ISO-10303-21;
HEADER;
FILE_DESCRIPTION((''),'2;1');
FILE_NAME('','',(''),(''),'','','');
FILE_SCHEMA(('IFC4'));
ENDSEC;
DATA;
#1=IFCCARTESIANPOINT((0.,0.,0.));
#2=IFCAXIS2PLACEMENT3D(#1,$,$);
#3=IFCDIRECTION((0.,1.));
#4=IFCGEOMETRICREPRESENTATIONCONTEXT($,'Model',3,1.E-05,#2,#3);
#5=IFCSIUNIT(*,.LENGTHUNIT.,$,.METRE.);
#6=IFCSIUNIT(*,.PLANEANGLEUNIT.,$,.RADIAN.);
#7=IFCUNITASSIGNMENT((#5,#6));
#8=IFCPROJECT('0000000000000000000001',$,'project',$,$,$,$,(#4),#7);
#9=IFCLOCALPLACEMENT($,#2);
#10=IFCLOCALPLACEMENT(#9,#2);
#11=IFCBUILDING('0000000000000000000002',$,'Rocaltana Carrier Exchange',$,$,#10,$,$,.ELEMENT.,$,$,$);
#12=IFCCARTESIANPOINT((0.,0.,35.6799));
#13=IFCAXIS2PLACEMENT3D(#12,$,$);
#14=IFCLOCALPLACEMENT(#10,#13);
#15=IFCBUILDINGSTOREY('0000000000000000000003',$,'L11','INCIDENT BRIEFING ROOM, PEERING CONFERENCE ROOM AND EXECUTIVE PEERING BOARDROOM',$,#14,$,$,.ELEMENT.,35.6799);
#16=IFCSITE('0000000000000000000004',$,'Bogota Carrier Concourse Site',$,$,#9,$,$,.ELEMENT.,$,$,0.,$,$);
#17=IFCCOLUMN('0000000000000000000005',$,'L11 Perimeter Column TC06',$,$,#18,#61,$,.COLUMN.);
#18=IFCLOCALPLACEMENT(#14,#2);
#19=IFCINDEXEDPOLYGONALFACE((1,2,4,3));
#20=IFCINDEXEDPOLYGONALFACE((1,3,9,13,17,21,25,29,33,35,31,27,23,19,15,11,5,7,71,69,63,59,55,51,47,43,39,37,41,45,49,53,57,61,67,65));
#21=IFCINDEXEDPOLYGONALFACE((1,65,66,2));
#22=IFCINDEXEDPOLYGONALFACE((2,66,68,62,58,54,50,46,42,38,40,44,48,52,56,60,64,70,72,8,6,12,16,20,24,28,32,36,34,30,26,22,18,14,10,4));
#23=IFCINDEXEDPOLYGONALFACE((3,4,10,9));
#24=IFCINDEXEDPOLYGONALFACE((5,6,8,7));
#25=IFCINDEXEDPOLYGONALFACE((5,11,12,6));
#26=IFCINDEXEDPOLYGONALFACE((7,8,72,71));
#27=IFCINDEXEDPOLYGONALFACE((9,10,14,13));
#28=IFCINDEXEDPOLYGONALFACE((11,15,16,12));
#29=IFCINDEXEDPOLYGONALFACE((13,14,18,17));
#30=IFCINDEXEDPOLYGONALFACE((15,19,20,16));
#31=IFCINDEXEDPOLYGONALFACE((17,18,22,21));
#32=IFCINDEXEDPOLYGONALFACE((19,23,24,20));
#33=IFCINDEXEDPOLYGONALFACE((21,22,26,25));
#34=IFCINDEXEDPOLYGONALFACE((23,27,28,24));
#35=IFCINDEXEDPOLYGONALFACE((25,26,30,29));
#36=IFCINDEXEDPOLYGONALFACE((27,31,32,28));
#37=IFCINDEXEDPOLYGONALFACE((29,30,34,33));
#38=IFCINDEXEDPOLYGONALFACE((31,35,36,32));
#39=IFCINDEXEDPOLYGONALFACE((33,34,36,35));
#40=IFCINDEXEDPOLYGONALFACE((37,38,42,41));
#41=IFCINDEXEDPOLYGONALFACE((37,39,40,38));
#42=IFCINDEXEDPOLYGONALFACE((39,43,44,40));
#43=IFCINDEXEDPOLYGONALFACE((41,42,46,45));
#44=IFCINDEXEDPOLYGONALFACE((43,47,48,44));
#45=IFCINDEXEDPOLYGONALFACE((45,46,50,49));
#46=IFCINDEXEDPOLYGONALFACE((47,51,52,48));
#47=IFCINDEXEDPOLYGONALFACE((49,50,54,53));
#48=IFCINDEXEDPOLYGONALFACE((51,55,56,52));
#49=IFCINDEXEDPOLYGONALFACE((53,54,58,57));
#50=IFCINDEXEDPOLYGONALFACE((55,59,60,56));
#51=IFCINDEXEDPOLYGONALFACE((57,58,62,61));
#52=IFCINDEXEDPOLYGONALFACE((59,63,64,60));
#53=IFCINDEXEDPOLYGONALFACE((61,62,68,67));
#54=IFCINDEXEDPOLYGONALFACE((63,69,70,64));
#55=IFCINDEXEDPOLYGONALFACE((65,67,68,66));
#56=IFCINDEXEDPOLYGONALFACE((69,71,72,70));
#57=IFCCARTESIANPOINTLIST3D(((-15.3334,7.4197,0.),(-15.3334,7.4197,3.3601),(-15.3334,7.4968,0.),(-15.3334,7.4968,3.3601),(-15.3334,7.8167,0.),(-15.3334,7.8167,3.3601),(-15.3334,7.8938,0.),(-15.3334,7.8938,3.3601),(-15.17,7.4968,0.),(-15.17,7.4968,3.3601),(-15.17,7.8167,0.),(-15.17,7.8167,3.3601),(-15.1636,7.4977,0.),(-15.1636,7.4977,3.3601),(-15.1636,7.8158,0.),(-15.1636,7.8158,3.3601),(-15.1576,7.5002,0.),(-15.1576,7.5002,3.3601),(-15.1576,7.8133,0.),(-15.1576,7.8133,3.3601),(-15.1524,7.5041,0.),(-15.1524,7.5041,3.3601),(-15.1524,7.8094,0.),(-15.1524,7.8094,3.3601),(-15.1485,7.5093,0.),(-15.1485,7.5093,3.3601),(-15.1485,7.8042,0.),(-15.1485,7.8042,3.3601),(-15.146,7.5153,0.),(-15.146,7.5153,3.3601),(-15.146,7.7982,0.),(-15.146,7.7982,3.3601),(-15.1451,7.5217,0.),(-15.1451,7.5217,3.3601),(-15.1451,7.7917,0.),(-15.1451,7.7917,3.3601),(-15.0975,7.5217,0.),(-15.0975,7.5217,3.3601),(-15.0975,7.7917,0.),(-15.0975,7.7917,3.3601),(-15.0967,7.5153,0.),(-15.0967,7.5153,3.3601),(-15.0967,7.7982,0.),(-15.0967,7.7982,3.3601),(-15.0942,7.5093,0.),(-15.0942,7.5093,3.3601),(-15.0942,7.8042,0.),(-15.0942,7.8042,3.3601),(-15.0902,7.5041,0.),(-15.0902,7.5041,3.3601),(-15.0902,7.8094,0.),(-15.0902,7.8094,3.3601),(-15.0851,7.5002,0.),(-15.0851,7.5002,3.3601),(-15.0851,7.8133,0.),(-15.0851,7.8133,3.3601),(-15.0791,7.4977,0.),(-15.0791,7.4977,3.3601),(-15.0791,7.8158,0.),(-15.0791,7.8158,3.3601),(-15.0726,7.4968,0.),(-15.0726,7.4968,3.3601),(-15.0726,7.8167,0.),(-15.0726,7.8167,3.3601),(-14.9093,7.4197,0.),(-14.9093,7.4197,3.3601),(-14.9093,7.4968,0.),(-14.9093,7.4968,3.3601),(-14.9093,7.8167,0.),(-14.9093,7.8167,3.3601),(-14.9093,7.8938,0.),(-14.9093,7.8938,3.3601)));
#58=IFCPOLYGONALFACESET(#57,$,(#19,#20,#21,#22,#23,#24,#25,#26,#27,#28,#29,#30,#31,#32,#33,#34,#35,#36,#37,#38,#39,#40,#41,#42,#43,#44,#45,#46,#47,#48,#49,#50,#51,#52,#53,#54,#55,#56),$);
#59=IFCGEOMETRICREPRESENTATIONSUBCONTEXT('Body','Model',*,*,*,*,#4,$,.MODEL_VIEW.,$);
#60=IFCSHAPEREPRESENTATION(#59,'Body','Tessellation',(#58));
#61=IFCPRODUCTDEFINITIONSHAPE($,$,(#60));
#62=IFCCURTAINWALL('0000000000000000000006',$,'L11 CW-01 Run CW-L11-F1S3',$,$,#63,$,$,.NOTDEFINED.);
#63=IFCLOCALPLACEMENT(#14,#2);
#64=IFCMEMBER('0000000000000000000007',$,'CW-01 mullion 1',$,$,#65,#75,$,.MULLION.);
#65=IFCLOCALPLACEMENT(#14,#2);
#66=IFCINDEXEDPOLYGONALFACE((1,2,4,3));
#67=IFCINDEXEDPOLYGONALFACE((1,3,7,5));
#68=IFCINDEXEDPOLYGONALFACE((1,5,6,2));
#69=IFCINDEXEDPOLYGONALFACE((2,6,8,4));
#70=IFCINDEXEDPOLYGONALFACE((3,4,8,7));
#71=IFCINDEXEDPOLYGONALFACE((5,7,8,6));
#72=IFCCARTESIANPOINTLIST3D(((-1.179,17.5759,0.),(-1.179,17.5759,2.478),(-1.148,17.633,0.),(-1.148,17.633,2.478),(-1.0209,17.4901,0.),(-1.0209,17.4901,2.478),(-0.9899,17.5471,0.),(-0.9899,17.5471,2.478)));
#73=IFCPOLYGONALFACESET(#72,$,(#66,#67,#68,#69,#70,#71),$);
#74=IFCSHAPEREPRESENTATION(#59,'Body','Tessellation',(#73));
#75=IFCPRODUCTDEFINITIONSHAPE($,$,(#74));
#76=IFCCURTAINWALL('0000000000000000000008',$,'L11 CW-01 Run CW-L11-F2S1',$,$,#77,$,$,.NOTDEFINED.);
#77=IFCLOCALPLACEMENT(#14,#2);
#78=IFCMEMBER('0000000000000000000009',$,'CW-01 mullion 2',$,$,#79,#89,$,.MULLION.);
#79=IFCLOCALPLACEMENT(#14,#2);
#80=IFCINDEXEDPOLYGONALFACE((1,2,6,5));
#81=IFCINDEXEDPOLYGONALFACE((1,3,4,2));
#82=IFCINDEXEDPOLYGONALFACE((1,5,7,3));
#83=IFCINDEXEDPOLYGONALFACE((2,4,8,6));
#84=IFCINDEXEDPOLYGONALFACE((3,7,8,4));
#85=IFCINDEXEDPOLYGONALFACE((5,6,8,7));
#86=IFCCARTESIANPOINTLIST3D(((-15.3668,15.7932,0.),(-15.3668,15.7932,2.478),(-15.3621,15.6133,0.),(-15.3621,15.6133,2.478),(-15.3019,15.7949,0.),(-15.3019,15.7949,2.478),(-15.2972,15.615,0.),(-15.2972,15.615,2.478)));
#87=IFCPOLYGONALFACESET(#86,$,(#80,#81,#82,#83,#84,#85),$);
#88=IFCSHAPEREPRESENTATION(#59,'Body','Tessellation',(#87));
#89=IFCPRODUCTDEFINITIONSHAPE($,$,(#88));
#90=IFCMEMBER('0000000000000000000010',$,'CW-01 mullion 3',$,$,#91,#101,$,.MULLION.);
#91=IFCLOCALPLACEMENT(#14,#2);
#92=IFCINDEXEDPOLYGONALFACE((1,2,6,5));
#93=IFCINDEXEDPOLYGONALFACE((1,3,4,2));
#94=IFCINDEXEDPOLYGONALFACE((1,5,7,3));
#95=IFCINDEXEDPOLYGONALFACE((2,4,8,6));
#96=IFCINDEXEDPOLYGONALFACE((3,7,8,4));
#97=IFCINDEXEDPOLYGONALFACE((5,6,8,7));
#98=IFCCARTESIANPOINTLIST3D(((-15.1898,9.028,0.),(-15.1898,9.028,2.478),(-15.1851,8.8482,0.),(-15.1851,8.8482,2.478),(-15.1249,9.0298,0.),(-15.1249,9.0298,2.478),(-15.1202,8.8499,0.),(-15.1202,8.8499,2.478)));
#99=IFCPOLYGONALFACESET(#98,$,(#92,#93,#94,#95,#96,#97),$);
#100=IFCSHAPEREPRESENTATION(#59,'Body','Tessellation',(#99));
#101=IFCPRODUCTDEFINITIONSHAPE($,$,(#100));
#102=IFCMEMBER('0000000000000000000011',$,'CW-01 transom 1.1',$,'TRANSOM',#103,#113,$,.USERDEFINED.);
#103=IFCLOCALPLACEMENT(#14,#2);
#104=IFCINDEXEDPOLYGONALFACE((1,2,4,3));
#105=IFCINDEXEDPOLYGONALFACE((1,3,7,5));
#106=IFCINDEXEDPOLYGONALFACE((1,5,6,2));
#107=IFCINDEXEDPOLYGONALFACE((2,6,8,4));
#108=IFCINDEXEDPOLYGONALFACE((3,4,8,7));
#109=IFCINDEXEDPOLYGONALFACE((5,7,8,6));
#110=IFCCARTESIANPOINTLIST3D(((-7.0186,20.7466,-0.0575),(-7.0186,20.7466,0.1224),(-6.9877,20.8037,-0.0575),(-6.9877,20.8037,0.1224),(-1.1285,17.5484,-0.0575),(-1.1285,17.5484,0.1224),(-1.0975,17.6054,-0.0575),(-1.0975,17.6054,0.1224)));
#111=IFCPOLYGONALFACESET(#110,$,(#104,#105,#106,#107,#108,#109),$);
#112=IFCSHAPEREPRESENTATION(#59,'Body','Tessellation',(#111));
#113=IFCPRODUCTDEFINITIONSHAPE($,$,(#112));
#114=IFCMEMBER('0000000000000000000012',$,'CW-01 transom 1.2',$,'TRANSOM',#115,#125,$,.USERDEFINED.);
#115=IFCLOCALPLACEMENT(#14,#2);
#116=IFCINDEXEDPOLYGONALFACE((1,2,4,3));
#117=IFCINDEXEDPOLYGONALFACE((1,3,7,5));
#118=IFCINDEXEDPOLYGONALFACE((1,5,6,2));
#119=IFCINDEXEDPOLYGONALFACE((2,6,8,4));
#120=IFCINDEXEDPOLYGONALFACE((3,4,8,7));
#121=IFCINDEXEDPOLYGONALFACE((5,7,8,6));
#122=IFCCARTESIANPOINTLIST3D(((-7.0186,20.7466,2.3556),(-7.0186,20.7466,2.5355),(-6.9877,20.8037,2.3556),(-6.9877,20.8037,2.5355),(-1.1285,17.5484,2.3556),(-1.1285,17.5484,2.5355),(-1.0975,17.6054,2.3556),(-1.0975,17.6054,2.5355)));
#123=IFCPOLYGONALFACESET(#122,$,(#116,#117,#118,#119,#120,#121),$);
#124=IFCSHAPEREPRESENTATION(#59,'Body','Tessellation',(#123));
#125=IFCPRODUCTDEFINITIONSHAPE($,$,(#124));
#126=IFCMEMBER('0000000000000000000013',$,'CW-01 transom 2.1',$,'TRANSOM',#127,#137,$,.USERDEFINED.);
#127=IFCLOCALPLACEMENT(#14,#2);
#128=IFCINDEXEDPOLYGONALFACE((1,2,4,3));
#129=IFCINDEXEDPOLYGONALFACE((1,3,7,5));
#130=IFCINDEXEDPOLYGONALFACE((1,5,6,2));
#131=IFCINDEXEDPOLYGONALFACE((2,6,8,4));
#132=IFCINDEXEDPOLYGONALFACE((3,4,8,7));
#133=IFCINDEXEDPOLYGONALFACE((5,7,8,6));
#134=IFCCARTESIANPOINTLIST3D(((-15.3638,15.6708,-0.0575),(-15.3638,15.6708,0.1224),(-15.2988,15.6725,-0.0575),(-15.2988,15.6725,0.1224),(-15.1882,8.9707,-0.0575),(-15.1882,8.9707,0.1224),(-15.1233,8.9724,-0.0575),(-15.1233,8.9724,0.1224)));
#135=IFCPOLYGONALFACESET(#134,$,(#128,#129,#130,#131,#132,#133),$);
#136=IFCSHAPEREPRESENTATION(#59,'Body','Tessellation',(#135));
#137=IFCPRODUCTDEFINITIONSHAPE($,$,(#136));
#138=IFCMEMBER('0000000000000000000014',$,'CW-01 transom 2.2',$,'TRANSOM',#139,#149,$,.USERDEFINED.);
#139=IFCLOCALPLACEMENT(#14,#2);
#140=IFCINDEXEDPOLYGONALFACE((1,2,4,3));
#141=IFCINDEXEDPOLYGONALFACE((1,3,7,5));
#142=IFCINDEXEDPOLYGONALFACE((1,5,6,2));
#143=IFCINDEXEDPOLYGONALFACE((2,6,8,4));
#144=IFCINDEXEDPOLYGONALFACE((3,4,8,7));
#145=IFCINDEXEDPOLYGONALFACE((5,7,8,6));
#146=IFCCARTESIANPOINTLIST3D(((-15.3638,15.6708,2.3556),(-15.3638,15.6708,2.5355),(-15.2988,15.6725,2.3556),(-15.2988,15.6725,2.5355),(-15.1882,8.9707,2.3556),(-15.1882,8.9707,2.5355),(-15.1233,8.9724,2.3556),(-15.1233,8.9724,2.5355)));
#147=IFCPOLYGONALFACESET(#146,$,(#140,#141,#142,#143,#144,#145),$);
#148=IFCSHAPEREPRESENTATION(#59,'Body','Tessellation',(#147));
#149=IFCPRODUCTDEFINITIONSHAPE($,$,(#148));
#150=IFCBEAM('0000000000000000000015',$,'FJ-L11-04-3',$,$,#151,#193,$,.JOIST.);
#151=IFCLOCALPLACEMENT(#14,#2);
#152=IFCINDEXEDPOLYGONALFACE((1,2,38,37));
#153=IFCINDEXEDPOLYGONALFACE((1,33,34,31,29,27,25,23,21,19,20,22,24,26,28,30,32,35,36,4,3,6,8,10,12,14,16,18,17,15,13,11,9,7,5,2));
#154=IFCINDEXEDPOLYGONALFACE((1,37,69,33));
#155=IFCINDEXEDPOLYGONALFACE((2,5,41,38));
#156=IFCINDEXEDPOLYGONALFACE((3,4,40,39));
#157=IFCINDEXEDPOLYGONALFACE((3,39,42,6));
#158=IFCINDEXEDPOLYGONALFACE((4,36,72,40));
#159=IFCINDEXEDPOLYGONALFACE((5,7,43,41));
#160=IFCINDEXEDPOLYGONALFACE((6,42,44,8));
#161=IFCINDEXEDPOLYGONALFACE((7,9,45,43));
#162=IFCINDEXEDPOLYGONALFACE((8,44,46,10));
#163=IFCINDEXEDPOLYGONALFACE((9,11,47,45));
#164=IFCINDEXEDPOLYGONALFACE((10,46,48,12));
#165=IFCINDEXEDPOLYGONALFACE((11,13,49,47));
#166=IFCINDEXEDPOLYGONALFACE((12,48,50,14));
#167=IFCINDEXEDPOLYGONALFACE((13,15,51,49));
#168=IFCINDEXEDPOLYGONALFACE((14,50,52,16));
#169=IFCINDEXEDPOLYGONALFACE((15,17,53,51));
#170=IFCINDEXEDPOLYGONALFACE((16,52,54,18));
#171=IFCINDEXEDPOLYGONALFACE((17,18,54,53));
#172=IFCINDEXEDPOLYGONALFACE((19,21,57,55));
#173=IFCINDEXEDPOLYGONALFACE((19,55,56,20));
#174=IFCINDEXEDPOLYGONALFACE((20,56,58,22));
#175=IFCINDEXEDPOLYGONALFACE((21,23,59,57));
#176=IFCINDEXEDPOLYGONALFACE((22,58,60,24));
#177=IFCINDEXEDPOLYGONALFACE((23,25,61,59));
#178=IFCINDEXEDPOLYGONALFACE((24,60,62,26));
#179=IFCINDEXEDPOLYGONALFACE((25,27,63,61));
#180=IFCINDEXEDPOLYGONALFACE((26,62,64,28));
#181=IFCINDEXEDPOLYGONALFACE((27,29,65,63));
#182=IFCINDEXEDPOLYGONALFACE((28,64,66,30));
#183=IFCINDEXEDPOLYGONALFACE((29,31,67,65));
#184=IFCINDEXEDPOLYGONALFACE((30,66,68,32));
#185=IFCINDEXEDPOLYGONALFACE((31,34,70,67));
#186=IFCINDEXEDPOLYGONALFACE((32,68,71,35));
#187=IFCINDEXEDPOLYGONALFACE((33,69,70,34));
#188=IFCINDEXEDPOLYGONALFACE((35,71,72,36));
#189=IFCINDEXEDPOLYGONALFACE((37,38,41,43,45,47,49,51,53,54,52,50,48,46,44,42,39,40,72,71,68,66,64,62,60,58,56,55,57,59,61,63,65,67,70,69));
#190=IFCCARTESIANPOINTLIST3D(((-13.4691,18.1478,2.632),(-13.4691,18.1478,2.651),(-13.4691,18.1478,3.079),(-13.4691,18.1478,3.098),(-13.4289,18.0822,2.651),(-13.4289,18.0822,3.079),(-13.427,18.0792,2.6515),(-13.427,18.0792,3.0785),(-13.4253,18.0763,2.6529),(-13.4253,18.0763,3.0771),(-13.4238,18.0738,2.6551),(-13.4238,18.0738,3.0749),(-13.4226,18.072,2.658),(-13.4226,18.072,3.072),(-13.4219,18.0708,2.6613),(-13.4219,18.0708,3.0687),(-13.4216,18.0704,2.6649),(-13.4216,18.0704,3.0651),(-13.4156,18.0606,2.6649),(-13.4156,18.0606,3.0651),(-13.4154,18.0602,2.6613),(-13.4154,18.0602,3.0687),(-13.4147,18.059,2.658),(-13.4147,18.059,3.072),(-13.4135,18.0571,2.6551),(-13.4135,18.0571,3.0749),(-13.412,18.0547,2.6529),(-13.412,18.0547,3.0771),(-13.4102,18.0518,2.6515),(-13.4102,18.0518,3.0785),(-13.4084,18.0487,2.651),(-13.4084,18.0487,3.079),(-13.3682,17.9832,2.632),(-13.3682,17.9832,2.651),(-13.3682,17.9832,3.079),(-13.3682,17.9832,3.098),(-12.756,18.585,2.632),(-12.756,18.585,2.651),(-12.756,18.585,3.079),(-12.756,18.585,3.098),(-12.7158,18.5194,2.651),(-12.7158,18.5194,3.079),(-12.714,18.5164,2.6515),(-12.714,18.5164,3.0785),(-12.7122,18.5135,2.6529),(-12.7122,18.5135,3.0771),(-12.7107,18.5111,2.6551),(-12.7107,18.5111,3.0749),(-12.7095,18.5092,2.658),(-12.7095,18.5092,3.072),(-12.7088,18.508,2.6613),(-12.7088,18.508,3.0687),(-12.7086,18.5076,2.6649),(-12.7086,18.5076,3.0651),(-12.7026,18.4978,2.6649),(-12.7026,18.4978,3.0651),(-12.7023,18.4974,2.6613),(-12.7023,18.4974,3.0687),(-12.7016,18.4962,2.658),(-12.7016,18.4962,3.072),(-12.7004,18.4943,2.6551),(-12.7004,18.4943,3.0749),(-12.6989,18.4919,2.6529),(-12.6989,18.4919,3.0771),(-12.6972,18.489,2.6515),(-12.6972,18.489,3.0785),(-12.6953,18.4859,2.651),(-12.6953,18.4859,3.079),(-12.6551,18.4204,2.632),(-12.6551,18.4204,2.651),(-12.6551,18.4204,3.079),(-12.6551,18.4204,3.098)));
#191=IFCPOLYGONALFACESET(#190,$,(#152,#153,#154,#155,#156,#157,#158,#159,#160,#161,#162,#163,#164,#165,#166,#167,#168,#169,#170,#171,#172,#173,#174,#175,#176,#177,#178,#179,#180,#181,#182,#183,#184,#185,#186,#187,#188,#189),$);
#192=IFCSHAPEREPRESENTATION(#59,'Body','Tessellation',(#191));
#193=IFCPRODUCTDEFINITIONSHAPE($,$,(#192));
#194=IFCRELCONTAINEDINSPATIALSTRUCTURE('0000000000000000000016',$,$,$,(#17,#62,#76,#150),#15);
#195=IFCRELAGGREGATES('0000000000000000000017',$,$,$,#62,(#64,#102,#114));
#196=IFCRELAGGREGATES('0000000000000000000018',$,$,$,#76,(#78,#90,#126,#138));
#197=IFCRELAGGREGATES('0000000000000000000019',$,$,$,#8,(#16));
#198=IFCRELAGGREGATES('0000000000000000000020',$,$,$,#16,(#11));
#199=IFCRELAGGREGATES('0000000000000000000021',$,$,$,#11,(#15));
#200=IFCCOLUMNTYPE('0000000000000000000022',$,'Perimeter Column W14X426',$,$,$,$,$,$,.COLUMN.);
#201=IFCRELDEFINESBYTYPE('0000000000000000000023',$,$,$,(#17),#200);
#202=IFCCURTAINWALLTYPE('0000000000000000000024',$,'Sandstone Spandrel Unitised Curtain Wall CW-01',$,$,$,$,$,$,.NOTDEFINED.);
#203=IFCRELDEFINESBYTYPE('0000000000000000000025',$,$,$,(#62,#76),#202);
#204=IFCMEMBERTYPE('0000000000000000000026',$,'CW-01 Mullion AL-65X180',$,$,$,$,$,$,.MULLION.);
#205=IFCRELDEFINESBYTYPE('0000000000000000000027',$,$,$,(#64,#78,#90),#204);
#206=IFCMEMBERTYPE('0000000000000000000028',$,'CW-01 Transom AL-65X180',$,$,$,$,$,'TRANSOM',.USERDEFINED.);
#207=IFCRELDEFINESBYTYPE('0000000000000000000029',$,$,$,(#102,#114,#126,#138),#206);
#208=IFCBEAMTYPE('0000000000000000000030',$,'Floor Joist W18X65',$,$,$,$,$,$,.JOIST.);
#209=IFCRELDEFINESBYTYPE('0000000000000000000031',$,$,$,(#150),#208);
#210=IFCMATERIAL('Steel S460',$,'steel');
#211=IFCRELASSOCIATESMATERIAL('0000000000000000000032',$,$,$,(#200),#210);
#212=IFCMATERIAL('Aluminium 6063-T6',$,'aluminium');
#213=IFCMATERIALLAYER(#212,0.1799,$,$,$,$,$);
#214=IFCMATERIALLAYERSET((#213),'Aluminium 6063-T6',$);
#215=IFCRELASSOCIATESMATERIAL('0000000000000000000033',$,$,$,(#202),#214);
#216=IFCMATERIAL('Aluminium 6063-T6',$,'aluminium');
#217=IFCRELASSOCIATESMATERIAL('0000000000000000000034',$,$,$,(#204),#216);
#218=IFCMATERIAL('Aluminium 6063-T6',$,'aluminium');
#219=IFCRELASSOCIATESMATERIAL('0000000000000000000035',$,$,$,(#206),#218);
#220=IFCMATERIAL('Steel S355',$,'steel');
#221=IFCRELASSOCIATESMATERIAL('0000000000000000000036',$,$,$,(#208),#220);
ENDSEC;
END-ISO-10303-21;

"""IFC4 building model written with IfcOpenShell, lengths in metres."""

from ifc_helpers import new_model, si_unit, direction, frame, origin, origin_2d, place, context, subcontext, project, spatial, rectangle, i_section, extrude, material, layer, layer_set, material_profile, profile_set, type_object, element, aggregate, save


model = new_model("IFC4")

# Units and contexts
model_context = context("Model", 3, precision=1e-05, world=origin(), true_north=direction((0.0, 1.0)))
body_context = subcontext(model_context, "Body", "Model", "MODEL_VIEW")
ifc_project = project(units=[si_unit("LENGTHUNIT", "METRE"), si_unit("PLANEANGLEUNIT", "RADIAN")], contexts=[model_context])

# Site, building, storey
site_placement = place(None, origin())
site = spatial("IfcSite", under=ifc_project, at=site_placement, Name="Bogota Carrier Concourse Site", CompositionType="ELEMENT", RefElevation=0.0)
building_placement = place(site_placement, origin())
building = spatial("IfcBuilding", under=site, at=building_placement, Name="Rocaltana Carrier Exchange", CompositionType="ELEMENT")
storey_placement = place(building_placement, frame((0.0, 0.0, 35.6799)))
storey = spatial("IfcBuildingStorey", under=building, at=storey_placement, Name="L11", Description="INCIDENT BRIEFING ROOM, PEERING CONFERENCE ROOM AND EXECUTIVE PEERING BOARDROOM", CompositionType="ELEMENT", Elevation=35.6799)

# Column
ifc_material_1 = material(Name="Steel S460", Category="steel")
ifc_material_profile_1 = material_profile(ifc_material_1, i_section(OverallWidth=0.4241, OverallDepth=0.4741, WebThickness=0.0476, FlangeThickness=0.0771, FilletRadius=0.0249, at=origin_2d()), Name="W14X426")
ifc_profile_set_1 = profile_set([ifc_material_profile_1], Name="Steel S460")
column_type = type_object("IfcColumnType", Name="Perimeter Column W14X426", PredefinedType="COLUMN", material=ifc_profile_set_1)
column_placement = place(storey_placement, frame((-15.1213, 7.6567, 0.0), z_axis=(0.0, 0.0, 1.0), x_axis=(1.0, 0.0, 0.0)))
element("IfcColumn", 1, at=column_placement, inside=storey, type_object=column_type, Name="L11 Perimeter Column TC06", PredefinedType="COLUMN", context=body_context, shape_type="SweptSolid", body=[
    extrude(i_section(OverallWidth=0.4241, OverallDepth=0.4741, WebThickness=0.0476, FlangeThickness=0.0771, FilletRadius=0.0249, at=origin_2d()), origin(), (0.0, 0.0, 1.0), 3.3601),
])

# Curtain wall, member
ifc_material_2 = material(Name="Aluminium 6063-T6", Category="aluminium")
ifc_layer_1 = layer(ifc_material_2, 0.1799)
ifc_layer_set_1 = layer_set([ifc_layer_1], Name="Aluminium 6063-T6")
curtain_wall_type = type_object("IfcCurtainWallType", Name="Sandstone Spandrel Unitised Curtain Wall CW-01", PredefinedType="NOTDEFINED", material=ifc_layer_set_1)
curtain_wall_1_placement = place(storey_placement, origin())
curtain_wall_1 = element("IfcCurtainWall", 2, at=curtain_wall_1_placement, inside=storey, type_object=curtain_wall_type, Name="L11 CW-01 Run CW-L11-F1S3", PredefinedType="NOTDEFINED")
ifc_material_3 = material(Name="Aluminium 6063-T6", Category="aluminium")
ifc_material_profile_2 = material_profile(ifc_material_3, rectangle(XDim=0.0649, YDim=0.1799, at=origin_2d()), Name="AL-65X180")
ifc_profile_set_2 = profile_set([ifc_material_profile_2], Name="Aluminium 6063-T6")
member_type_1 = type_object("IfcMemberType", Name="CW-01 Mullion AL-65X180", PredefinedType="MULLION", material=ifc_profile_set_2)
member_1_placement = place(storey_placement, frame((-1.0845, 17.5615, 0.0), z_axis=(0.0, 0.0, 1.0), x_axis=(-0.477156, -0.878819, 0.0)))
member_1 = element("IfcMember", 3, at=member_1_placement, type_object=member_type_1, Name="CW-01 mullion 1", PredefinedType="MULLION", context=body_context, shape_type="SweptSolid", body=[
    extrude(rectangle(XDim=0.0649, YDim=0.1799, at=origin_2d()), origin(), (0.0, 0.0, 1.0), 2.478),
])

# Curtain wall, members
curtain_wall_2_placement = place(storey_placement, origin())
curtain_wall_2 = element("IfcCurtainWall", 4, at=curtain_wall_2_placement, inside=storey, type_object=curtain_wall_type, Name="L11 CW-01 Run CW-L11-F2S1", PredefinedType="NOTDEFINED")
member_2_placement = place(storey_placement, frame((-15.332, 15.7041, 0.0), z_axis=(0.0, 0.0, 1.0), x_axis=(0.999657, 0.026184, 0.0)))
member_2 = element("IfcMember", 5, at=member_2_placement, type_object=member_type_1, Name="CW-01 mullion 2", PredefinedType="MULLION", context=body_context, shape_type="SweptSolid", body=[
    extrude(rectangle(XDim=0.0649, YDim=0.1799, at=origin_2d()), origin(), (0.0, 0.0, 1.0), 2.478),
])
member_3_placement = place(storey_placement, frame((-15.155, 8.939, 0.0), z_axis=(0.0, 0.0, 1.0), x_axis=(0.999657, 0.026184, 0.0)))
member_3 = element("IfcMember", 6, at=member_3_placement, type_object=member_type_1, Name="CW-01 mullion 3", PredefinedType="MULLION", context=body_context, shape_type="SweptSolid", body=[
    extrude(rectangle(XDim=0.0649, YDim=0.1799, at=origin_2d()), origin(), (0.0, 0.0, 1.0), 2.478),
])

# Members
ifc_material_4 = material(Name="Aluminium 6063-T6", Category="aluminium")
ifc_material_profile_3 = material_profile(ifc_material_4, rectangle(XDim=0.0649, YDim=0.1799, at=origin_2d()), Name="AL-65X180")
ifc_profile_set_3 = profile_set([ifc_material_profile_3], Name="Aluminium 6063-T6")
member_type_2 = type_object("IfcMemberType", Name="CW-01 Transom AL-65X180", ElementType="TRANSOM", PredefinedType="USERDEFINED", material=ifc_profile_set_3)
member_4_placement = place(storey_placement, frame((-1.113, 17.5769, 0.0325), z_axis=(-0.878807, 0.477177, 0.0), x_axis=(-0.477177, -0.878807, 0.0)))
member_4 = element("IfcMember", 7, at=member_4_placement, type_object=member_type_2, Name="CW-01 transom 1.1", ObjectType="TRANSOM", PredefinedType="USERDEFINED", context=body_context, shape_type="SweptSolid", body=[
    extrude(rectangle(XDim=0.0649, YDim=0.1799, at=origin_2d()), origin(), (0.0, 0.0, 1.0), 6.7024),
])
member_5_placement = place(storey_placement, frame((-1.113, 17.5769, 2.4456), z_axis=(-0.878807, 0.477177, 0.0), x_axis=(-0.477177, -0.878807, 0.0)))
member_5 = element("IfcMember", 8, at=member_5_placement, type_object=member_type_2, Name="CW-01 transom 1.2", ObjectType="TRANSOM", PredefinedType="USERDEFINED", context=body_context, shape_type="SweptSolid", body=[
    extrude(rectangle(XDim=0.0649, YDim=0.1799, at=origin_2d()), origin(), (0.0, 0.0, 1.0), 6.7024),
])
aggregate(curtain_wall_1, [member_1, member_4, member_5])
member_6_placement = place(storey_placement, frame((-15.3313, 15.6716, 0.0325), z_axis=(0.02619, -0.999657, 0.0), x_axis=(0.999657, 0.02619, 0.0)))
member_6 = element("IfcMember", 9, at=member_6_placement, type_object=member_type_2, Name="CW-01 transom 2.1", ObjectType="TRANSOM", PredefinedType="USERDEFINED", context=body_context, shape_type="SweptSolid", body=[
    extrude(rectangle(XDim=0.0649, YDim=0.1799, at=origin_2d()), origin(), (0.0, 0.0, 1.0), 6.7024),
])
member_7_placement = place(storey_placement, frame((-15.3313, 15.6716, 2.4456), z_axis=(0.02619, -0.999657, 0.0), x_axis=(0.999657, 0.02619, 0.0)))
member_7 = element("IfcMember", 10, at=member_7_placement, type_object=member_type_2, Name="CW-01 transom 2.2", ObjectType="TRANSOM", PredefinedType="USERDEFINED", context=body_context, shape_type="SweptSolid", body=[
    extrude(rectangle(XDim=0.0649, YDim=0.1799, at=origin_2d()), origin(), (0.0, 0.0, 1.0), 6.7024),
])

# Beam
ifc_material_5 = material(Name="Steel S355", Category="steel")
ifc_material_profile_4 = material_profile(ifc_material_5, i_section(OverallWidth=0.1931, OverallDepth=0.4661, WebThickness=0.0115, FlangeThickness=0.019, FilletRadius=0.0139, at=origin_2d()), Name="W18X65")
ifc_profile_set_4 = profile_set([ifc_material_profile_4], Name="Steel S355")
beam_type_1 = type_object("IfcBeamType", Name="Floor Joist W18X65", PredefinedType="JOIST", material=ifc_profile_set_4)
beam_1_placement = place(storey_placement, frame((-12.7056, 18.5027, 2.865), z_axis=(-0.852509, -0.522713, 0.0), x_axis=(0.522713, -0.852509, 0.0)))
element("IfcBeam", 11, at=beam_1_placement, inside=storey, type_object=beam_type_1, Name="FJ-L11-04-3", PredefinedType="JOIST", context=body_context, shape_type="SweptSolid", body=[
    extrude(i_section(OverallWidth=0.1931, OverallDepth=0.4661, WebThickness=0.0115, FlangeThickness=0.019, FilletRadius=0.0139, at=origin_2d()), origin(), (0.0, 0.0, 1.0), 0.8364),
])

aggregate(curtain_wall_2, [member_2, member_3, member_6, member_7])

save(model, "model.ifc")
